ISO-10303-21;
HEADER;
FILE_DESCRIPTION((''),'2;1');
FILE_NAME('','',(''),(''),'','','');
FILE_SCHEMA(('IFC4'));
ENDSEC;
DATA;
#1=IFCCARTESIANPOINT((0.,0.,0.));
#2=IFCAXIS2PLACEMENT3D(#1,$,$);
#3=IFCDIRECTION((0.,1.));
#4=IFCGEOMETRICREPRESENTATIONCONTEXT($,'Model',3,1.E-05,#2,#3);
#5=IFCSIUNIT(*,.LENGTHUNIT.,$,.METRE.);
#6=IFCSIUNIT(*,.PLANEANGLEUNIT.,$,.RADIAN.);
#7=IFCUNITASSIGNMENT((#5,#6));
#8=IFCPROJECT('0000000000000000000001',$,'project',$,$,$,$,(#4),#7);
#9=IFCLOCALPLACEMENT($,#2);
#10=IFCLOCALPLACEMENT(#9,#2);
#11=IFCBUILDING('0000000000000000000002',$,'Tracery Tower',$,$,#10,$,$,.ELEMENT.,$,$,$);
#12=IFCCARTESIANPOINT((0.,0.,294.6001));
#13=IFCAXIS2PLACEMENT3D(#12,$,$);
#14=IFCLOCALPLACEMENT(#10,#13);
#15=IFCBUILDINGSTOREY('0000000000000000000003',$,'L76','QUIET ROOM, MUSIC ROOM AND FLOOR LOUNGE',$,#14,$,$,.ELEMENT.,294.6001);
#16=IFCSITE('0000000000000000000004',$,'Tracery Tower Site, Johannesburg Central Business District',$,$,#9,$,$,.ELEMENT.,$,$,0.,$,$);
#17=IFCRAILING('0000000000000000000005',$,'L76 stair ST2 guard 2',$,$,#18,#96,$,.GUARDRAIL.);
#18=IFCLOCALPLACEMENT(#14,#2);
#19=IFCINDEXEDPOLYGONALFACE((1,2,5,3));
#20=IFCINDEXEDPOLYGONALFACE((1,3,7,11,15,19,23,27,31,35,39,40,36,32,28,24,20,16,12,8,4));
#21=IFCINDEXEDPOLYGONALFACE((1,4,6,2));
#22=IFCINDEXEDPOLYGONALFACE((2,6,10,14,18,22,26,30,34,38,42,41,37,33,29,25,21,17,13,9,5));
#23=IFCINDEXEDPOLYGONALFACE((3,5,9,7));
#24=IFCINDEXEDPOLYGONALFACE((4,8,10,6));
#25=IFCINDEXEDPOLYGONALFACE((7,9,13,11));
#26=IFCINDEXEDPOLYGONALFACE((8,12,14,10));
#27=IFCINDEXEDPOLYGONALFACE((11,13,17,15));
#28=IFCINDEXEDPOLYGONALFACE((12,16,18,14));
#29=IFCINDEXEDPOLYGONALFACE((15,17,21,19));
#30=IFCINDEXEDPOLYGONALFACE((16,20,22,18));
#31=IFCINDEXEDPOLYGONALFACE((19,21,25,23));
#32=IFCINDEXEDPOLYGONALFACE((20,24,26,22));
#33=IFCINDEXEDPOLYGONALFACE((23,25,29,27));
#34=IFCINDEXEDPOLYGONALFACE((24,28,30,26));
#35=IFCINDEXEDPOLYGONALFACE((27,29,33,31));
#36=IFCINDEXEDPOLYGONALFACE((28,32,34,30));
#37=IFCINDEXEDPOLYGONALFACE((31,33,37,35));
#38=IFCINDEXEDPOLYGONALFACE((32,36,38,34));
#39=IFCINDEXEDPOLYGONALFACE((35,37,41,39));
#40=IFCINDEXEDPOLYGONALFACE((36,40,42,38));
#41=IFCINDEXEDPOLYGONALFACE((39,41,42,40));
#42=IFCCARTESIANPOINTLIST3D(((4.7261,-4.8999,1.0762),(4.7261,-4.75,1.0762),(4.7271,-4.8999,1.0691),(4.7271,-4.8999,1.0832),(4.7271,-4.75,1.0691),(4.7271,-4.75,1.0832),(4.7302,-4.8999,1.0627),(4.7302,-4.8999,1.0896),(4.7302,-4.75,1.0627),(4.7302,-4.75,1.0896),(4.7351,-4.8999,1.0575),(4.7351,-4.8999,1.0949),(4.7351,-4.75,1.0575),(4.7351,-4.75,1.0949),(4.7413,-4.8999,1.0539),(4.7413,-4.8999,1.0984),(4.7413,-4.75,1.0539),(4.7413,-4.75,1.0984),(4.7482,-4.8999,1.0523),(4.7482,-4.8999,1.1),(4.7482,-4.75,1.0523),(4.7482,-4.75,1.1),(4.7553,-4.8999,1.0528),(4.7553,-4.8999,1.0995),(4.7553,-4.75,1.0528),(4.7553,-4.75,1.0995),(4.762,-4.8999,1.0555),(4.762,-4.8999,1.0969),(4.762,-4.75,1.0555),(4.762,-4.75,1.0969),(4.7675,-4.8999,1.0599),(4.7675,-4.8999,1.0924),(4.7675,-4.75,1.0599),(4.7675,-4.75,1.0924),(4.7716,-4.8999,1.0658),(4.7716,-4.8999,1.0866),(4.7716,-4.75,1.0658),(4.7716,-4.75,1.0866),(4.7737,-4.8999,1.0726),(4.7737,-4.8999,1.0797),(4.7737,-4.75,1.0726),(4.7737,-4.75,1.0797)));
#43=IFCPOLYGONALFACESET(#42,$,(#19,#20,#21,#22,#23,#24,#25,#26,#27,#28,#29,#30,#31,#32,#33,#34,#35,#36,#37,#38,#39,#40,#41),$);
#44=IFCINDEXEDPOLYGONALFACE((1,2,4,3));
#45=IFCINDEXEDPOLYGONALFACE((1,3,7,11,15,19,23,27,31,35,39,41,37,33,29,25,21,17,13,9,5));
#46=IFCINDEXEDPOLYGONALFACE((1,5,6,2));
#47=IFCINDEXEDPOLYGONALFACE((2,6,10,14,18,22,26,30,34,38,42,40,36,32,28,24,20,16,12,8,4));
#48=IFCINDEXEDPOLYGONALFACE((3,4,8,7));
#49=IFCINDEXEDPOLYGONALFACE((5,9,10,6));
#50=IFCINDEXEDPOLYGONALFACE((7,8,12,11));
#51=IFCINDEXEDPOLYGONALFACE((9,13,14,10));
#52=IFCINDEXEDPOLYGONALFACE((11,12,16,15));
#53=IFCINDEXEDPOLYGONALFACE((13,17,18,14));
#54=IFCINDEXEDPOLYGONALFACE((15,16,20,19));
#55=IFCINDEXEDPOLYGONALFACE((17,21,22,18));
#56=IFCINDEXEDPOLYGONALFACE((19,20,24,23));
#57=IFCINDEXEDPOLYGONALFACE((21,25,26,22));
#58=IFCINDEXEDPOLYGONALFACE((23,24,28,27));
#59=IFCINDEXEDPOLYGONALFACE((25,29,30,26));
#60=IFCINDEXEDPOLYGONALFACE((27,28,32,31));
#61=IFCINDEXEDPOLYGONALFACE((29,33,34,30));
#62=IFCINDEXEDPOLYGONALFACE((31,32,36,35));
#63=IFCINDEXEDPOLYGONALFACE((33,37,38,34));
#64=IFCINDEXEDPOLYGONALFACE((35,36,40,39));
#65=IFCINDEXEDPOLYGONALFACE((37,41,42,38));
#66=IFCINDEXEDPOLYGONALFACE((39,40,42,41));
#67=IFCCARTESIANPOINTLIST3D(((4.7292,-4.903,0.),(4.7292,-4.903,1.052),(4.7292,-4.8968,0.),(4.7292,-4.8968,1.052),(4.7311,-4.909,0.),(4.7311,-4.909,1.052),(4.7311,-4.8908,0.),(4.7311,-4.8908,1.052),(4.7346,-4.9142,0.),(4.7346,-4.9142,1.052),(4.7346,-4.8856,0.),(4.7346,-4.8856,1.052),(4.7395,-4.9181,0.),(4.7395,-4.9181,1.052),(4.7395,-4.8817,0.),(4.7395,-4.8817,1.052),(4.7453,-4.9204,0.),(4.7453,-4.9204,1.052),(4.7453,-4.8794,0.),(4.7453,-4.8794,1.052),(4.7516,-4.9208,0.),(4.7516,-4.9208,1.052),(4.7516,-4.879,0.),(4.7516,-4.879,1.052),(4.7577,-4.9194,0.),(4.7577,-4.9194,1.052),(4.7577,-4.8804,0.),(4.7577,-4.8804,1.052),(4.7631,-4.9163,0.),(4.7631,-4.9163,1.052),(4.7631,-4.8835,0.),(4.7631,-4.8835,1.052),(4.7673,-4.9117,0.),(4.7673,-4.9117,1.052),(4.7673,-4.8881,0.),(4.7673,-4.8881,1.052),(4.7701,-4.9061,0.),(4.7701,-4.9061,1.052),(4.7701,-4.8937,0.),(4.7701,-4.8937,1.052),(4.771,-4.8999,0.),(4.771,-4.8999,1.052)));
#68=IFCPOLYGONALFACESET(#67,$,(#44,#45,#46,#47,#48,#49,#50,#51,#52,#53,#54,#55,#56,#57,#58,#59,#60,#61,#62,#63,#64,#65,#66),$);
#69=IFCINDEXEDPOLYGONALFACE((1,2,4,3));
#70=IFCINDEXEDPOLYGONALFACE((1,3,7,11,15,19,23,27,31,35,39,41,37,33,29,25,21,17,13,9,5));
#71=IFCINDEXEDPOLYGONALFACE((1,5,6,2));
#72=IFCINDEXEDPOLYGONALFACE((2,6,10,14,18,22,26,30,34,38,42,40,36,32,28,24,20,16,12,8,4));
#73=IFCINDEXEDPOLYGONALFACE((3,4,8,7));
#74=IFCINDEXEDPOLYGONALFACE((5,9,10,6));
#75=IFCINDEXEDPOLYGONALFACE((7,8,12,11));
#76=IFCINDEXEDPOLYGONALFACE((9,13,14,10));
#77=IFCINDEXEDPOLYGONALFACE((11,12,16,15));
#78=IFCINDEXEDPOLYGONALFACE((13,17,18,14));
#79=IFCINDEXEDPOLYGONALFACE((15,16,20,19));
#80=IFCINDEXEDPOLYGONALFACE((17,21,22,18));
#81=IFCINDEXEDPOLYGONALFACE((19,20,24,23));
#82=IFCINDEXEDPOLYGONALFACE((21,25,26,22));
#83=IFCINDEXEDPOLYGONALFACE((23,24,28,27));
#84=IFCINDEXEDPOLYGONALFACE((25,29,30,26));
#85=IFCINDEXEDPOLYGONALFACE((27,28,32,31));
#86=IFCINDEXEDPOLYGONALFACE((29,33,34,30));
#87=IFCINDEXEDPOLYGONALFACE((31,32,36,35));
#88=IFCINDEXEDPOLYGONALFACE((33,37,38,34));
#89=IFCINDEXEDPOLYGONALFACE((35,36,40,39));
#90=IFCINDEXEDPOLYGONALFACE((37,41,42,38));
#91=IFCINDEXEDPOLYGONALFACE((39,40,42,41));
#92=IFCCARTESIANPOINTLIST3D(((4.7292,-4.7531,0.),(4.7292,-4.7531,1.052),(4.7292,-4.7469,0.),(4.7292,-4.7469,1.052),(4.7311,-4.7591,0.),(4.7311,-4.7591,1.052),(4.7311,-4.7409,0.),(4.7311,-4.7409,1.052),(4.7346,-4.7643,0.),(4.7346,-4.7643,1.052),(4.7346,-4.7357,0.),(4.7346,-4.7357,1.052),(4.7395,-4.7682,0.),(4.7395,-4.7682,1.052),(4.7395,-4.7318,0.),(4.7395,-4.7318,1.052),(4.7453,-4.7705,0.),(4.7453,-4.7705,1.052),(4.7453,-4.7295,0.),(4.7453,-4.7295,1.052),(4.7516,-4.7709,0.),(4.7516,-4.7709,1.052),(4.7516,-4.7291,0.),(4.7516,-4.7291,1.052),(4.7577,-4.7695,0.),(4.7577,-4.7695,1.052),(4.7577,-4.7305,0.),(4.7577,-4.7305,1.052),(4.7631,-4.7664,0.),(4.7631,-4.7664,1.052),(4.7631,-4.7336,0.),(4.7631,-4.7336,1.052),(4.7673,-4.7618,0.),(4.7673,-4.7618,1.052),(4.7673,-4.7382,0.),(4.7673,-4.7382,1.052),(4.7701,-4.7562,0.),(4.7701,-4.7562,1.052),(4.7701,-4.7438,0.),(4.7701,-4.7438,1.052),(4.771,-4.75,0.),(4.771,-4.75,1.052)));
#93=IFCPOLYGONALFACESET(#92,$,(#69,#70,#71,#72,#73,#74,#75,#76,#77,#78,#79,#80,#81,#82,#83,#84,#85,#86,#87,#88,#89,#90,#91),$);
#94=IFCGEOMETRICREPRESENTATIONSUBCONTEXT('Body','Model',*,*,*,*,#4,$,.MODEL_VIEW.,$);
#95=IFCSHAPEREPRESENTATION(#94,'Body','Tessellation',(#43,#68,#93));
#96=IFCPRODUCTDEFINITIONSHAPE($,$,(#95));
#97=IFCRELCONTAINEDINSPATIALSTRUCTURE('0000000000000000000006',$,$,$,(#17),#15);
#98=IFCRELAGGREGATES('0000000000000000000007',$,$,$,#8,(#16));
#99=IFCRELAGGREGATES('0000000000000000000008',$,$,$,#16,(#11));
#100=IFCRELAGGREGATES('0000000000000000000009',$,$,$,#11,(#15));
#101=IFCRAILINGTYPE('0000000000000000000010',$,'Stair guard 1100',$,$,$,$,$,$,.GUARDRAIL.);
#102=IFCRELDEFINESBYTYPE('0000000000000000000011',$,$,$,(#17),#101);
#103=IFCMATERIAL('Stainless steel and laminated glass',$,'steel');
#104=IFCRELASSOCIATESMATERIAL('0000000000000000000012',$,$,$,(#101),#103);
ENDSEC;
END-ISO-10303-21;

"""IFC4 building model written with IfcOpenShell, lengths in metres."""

from ifc_helpers import new_model, si_unit, direction, frame, origin, origin_2d, place, context, subcontext, project, spatial, circle, extrude, material, type_object, element, save


model = new_model("IFC4")

# Units and contexts
model_context = context("Model", 3, precision=1e-05, world=origin(), true_north=direction((0.0, 1.0)))
body_context = subcontext(model_context, "Body", "Model", "MODEL_VIEW")
ifc_project = project(units=[si_unit("LENGTHUNIT", "METRE"), si_unit("PLANEANGLEUNIT", "RADIAN")], contexts=[model_context])

# Site, building, storey
site_placement = place(None, origin())
site = spatial("IfcSite", under=ifc_project, at=site_placement, Name="Tracery Tower Site, Johannesburg Central Business District", CompositionType="ELEMENT", RefElevation=0.0)
building_placement = place(site_placement, origin())
building = spatial("IfcBuilding", under=site, at=building_placement, Name="Tracery Tower", CompositionType="ELEMENT")
storey_placement = place(building_placement, frame((0.0, 0.0, 294.6001)))
storey = spatial("IfcBuildingStorey", under=building, at=storey_placement, Name="L76", Description="QUIET ROOM, MUSIC ROOM AND FLOOR LOUNGE", CompositionType="ELEMENT", Elevation=294.6001)

# Railing
ifc_material_1 = material(Name="Stainless steel and laminated glass", Category="steel")
railing_type_1 = type_object("IfcRailingType", Name="Stair guard 1100", PredefinedType="GUARDRAIL", material=ifc_material_1)
railing_1_placement = place(storey_placement, frame((4.75, -4.8999, 0.0)))
element("IfcRailing", 1, at=railing_1_placement, inside=storey, type_object=railing_type_1, Name="L76 stair ST2 guard 2", PredefinedType="GUARDRAIL", context=body_context, shape_type="SweptSolid", body=[
    extrude(circle(Radius=0.0239, at=origin_2d()), frame((0.0, 0.0, 1.0762), z_axis=(0.0, 1.0, 0.0), x_axis=(-1.0, 0.0, 0.0)), (0.0, 0.0, 1.0), 0.1499),
    extrude(circle(Radius=0.021, at=origin_2d()), origin(), (0.0, 0.0, 1.0), 1.052),
    extrude(circle(Radius=0.021, at=origin_2d()), frame((0.0, 0.1499, 0.0)), (0.0, 0.0, 1.0), 1.052),
])

save(model, "model.ifc")
